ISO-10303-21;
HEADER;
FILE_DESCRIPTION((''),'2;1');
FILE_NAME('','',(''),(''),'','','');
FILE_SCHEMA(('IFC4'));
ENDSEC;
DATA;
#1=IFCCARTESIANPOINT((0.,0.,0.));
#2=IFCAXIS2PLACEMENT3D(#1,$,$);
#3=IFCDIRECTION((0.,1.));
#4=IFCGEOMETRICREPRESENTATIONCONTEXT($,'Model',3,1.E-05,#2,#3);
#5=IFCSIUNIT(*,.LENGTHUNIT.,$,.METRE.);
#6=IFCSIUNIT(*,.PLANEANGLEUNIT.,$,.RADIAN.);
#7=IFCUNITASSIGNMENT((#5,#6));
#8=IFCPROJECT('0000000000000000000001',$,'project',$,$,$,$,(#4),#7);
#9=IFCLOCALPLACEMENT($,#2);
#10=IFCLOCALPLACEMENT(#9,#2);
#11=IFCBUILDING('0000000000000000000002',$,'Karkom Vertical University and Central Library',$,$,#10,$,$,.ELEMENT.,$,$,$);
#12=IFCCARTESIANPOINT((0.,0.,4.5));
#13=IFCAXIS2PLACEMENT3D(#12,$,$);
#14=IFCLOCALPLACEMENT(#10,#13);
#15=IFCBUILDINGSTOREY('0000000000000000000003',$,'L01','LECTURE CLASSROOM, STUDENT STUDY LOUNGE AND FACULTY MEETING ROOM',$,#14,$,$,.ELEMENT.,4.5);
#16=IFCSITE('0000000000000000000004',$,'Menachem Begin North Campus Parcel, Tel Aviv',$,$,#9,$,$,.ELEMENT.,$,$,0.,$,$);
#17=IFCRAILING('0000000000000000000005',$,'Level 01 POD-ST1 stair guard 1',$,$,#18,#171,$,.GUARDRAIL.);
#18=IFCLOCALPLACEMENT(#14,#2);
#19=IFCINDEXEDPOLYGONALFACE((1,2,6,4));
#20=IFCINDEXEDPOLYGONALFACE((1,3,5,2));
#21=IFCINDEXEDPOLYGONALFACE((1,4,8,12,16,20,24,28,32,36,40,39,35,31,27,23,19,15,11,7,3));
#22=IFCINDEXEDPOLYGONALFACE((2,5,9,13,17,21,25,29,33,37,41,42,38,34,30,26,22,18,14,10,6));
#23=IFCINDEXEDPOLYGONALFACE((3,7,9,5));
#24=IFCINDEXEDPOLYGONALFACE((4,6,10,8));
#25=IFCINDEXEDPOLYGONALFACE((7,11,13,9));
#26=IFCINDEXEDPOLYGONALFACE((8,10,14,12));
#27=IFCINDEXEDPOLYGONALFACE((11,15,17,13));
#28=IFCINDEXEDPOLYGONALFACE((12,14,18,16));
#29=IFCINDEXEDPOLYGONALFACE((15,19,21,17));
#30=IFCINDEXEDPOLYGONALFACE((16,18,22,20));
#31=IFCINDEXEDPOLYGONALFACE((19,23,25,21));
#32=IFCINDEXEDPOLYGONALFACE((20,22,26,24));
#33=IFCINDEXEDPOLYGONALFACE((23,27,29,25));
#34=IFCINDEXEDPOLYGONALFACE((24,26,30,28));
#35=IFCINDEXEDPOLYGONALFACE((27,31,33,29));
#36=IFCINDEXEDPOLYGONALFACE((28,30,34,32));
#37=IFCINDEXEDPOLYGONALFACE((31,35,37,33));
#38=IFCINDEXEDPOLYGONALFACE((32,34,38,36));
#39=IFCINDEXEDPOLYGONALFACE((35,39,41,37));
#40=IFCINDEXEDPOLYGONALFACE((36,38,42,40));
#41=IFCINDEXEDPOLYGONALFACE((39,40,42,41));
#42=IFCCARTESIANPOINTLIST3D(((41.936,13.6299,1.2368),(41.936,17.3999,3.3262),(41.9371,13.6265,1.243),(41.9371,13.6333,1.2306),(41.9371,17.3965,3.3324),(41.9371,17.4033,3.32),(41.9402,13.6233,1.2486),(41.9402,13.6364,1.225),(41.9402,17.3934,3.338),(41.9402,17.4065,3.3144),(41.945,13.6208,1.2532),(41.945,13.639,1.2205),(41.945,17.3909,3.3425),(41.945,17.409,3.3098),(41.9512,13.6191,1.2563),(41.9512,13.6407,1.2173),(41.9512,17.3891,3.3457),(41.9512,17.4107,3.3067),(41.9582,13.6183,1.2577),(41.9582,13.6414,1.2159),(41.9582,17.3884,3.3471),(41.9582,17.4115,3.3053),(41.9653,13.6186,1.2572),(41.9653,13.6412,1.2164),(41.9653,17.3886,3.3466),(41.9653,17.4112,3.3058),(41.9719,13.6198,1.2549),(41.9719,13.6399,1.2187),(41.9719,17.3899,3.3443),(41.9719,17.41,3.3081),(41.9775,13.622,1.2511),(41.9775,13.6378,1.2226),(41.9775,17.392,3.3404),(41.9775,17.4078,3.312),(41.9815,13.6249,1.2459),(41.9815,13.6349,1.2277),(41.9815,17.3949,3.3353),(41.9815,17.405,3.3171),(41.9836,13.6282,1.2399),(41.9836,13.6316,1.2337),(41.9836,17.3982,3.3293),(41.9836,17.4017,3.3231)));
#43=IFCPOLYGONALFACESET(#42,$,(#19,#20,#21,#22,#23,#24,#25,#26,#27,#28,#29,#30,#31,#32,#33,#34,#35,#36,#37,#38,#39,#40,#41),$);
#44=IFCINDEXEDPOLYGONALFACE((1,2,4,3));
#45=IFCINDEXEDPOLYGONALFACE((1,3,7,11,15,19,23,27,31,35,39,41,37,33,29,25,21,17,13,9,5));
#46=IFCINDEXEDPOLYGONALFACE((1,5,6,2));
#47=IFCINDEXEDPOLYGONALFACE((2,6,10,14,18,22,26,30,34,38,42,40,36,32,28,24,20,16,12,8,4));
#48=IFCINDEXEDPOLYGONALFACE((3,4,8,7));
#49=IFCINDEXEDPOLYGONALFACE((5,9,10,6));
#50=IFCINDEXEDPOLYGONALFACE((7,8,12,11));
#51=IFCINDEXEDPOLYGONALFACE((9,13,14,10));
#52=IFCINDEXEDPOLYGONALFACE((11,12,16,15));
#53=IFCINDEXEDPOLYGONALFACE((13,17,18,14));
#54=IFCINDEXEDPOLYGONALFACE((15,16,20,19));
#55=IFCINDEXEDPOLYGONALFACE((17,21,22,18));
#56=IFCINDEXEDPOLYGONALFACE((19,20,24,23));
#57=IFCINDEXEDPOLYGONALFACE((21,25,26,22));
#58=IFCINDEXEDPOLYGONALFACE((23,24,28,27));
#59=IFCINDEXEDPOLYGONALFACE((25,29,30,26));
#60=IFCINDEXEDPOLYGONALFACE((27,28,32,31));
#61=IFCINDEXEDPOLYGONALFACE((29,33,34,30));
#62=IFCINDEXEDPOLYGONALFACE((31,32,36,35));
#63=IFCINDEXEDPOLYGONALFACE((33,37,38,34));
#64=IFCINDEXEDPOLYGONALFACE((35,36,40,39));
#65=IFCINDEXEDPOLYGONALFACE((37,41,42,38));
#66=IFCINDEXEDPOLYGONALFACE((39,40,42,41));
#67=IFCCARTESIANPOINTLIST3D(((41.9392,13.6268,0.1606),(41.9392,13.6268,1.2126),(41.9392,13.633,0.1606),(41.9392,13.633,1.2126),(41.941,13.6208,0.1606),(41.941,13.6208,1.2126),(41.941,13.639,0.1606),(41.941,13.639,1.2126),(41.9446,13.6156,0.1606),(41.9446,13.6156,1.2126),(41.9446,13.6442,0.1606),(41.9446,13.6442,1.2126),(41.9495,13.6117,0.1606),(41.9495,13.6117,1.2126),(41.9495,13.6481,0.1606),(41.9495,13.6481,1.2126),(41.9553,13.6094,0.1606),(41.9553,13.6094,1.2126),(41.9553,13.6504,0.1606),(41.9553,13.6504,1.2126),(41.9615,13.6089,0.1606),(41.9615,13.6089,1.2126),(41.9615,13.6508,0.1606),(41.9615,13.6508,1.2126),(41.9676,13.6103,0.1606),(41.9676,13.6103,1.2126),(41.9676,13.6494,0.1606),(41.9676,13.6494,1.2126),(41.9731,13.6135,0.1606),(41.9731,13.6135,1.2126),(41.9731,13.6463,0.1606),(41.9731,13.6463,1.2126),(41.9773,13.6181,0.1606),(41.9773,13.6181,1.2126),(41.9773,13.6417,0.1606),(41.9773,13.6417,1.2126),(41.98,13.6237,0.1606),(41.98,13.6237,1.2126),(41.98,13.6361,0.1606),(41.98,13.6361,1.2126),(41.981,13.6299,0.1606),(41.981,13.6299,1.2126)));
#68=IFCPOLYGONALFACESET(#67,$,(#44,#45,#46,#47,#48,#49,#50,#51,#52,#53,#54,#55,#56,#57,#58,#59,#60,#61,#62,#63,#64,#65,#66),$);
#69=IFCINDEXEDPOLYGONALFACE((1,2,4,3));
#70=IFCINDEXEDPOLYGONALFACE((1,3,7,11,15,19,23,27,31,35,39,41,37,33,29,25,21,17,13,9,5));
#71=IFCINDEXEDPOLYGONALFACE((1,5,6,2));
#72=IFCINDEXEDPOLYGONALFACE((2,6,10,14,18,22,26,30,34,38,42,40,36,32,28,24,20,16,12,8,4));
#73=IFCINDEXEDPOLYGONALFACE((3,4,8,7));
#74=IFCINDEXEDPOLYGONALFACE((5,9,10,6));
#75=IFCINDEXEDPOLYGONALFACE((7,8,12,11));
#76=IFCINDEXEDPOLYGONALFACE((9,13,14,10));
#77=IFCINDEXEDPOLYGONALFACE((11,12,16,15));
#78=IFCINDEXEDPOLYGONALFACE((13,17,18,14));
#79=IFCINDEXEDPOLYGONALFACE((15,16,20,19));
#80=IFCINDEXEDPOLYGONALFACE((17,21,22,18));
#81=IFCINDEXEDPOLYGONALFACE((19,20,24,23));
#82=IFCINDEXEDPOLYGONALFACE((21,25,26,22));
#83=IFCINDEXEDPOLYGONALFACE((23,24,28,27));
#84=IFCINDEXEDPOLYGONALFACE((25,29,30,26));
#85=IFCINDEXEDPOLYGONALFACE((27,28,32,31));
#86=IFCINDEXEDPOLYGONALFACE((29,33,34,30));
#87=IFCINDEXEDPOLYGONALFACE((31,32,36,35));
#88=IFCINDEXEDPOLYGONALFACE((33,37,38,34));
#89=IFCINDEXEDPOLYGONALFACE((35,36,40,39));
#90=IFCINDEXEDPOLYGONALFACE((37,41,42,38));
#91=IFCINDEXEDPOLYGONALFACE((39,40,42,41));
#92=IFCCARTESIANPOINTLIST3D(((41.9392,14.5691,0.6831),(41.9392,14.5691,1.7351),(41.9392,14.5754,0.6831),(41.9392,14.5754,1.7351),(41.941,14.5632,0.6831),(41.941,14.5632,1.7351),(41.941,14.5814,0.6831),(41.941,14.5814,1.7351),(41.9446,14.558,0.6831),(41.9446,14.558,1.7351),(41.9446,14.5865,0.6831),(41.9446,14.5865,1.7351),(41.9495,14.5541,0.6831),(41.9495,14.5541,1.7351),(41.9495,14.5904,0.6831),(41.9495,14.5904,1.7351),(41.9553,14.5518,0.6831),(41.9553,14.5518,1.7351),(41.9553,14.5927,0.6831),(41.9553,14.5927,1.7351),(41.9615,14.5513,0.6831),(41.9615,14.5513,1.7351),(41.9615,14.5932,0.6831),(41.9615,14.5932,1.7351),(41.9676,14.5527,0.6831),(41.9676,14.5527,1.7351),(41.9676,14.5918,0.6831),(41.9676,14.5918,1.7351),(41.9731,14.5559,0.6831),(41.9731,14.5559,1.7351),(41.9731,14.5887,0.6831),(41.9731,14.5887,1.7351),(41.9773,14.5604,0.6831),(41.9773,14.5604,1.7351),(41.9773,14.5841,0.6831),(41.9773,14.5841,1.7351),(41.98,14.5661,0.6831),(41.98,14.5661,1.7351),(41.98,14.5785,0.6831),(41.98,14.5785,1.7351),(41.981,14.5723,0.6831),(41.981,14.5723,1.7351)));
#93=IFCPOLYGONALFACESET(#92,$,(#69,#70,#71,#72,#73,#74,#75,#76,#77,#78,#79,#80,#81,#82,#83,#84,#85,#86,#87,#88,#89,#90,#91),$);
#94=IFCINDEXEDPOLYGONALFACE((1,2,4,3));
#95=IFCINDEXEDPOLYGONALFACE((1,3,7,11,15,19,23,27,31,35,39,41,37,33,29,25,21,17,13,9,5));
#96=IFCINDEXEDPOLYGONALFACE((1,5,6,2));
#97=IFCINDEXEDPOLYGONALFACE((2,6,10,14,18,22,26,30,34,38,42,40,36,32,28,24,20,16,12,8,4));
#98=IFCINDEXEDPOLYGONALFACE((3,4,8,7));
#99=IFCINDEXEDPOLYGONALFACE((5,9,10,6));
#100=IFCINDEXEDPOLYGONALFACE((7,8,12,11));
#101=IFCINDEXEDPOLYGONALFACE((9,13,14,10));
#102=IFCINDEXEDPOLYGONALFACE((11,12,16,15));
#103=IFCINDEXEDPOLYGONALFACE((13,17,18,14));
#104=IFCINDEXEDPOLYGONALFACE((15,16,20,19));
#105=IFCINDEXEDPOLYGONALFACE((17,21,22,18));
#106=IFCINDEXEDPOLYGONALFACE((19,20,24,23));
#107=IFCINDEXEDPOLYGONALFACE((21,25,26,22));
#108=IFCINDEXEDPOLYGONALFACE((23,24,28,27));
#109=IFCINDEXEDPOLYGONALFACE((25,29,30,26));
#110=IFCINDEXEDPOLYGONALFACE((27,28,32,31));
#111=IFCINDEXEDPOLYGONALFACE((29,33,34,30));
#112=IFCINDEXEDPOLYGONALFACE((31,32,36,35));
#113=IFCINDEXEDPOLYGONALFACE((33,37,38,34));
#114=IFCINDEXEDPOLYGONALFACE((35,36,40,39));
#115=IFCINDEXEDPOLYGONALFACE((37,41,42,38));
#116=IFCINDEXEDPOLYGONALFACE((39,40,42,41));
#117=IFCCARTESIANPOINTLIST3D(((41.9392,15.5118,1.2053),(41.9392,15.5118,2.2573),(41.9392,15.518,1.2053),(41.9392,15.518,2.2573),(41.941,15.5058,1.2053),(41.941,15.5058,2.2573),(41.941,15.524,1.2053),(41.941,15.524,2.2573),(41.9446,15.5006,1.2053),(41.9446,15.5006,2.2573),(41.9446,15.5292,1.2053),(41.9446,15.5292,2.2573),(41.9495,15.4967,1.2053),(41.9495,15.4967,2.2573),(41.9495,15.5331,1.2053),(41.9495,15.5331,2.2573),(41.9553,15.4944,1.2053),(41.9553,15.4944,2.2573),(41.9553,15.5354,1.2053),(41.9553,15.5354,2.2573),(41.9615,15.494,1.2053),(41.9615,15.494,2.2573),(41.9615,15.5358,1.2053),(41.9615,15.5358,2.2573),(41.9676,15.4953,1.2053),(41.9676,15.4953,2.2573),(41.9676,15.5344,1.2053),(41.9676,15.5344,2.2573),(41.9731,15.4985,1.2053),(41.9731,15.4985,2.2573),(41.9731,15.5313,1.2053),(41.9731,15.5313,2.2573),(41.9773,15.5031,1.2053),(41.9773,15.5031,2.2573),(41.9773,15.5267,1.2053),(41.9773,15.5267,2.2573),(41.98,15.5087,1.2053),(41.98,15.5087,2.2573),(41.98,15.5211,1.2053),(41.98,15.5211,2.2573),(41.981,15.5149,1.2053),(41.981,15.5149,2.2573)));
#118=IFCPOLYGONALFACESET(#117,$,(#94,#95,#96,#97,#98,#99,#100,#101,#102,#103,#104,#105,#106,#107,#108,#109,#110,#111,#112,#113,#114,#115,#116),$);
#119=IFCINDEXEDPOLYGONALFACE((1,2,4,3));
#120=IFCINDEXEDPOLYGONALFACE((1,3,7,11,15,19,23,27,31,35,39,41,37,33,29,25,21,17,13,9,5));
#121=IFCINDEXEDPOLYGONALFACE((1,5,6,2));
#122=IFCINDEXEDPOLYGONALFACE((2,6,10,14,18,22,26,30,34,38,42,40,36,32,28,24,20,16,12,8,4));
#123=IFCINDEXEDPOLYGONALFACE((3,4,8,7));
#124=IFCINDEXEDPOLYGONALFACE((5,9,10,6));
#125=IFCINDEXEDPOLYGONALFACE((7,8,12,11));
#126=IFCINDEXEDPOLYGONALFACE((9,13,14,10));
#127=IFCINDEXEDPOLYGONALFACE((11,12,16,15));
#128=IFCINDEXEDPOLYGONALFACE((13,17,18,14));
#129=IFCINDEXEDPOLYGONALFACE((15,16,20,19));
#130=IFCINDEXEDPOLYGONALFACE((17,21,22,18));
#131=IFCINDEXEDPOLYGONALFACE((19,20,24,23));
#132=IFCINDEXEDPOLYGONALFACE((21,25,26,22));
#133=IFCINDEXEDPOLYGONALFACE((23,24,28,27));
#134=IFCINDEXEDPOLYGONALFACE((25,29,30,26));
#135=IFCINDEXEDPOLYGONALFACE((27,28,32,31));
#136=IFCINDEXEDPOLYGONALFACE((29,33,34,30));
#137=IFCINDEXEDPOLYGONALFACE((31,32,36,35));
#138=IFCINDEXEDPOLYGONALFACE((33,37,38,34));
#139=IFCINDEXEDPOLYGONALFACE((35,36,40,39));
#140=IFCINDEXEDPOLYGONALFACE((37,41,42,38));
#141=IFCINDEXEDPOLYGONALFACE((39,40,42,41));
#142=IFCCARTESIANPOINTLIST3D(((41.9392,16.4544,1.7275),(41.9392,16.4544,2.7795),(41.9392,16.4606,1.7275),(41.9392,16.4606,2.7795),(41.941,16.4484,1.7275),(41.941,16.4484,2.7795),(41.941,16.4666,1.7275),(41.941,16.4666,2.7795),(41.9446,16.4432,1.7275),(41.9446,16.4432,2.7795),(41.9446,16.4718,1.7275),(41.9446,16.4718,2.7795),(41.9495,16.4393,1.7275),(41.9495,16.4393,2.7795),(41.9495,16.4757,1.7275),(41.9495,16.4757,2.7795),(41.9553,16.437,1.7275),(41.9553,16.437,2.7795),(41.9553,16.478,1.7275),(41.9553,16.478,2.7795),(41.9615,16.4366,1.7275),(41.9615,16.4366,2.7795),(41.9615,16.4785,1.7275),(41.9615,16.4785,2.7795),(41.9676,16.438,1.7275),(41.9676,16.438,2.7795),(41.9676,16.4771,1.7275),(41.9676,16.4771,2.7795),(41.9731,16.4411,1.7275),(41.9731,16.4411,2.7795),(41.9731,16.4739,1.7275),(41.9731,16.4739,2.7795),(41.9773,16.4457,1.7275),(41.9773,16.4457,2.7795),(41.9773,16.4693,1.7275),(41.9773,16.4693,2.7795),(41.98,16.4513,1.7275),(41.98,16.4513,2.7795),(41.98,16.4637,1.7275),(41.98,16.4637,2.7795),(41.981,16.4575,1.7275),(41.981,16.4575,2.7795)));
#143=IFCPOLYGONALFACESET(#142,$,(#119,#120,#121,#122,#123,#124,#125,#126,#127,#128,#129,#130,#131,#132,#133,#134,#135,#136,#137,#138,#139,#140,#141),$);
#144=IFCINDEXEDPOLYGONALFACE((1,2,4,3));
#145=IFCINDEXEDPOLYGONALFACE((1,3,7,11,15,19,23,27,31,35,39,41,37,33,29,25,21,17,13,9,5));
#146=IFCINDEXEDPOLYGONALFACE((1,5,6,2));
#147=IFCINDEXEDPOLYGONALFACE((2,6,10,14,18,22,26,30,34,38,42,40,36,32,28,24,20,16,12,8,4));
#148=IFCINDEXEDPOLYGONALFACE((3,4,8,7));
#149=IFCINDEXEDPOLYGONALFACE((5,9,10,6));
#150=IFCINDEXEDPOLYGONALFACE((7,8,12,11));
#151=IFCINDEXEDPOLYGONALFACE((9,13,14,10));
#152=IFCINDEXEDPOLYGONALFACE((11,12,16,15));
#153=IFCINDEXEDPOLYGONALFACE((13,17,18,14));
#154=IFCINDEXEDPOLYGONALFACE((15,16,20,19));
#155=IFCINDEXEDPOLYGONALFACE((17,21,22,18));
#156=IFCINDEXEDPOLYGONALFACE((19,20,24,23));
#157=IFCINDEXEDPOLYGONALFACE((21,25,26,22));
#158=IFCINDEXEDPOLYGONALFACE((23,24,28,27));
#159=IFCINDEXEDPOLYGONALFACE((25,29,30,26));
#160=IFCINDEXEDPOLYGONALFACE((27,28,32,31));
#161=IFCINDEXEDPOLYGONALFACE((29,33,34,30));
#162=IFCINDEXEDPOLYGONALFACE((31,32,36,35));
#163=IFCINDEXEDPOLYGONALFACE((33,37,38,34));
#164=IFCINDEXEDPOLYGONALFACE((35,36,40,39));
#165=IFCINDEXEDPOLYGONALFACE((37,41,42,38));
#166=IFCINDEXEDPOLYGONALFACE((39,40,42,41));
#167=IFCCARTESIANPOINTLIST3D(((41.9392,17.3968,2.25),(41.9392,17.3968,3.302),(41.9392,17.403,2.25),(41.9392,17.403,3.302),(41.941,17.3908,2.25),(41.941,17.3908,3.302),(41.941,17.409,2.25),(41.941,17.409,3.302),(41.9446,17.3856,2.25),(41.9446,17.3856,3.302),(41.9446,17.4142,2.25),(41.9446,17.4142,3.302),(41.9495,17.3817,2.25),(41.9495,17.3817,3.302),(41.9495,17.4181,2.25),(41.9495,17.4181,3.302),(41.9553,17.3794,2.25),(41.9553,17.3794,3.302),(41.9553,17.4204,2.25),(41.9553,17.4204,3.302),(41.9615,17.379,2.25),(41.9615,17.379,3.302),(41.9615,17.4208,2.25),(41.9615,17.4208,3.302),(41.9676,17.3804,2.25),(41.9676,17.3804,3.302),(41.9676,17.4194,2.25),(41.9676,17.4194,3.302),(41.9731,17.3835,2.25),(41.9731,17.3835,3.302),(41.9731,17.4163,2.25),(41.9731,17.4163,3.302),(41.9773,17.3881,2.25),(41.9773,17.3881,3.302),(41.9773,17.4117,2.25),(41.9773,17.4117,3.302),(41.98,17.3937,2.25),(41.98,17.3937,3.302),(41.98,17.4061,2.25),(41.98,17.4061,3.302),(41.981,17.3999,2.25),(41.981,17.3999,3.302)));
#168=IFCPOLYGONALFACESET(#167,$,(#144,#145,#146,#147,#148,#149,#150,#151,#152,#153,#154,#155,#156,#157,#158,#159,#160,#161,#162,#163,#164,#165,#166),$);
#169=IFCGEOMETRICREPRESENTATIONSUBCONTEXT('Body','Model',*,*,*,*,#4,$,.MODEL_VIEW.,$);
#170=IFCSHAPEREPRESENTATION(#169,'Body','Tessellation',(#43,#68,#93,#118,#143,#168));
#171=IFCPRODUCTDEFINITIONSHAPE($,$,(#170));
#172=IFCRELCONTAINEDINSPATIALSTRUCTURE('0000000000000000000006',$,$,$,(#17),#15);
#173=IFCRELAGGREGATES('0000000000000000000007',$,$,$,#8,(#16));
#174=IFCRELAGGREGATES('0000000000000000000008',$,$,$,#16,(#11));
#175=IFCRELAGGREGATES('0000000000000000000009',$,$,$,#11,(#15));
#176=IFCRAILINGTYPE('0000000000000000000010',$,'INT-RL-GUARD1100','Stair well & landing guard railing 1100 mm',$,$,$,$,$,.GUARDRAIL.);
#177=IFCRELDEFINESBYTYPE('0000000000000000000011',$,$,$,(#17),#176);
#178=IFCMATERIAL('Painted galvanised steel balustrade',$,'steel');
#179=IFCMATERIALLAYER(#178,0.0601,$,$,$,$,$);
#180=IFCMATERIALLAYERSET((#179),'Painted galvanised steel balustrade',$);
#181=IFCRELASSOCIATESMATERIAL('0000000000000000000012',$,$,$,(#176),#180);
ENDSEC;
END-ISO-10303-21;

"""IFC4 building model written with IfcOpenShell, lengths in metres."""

from ifc_helpers import new_model, si_unit, direction, frame, origin, origin_2d, place, context, subcontext, project, spatial, circle, extrude, material, layer, layer_set, type_object, element, save


model = new_model("IFC4")

# Units and contexts
model_context = context("Model", 3, precision=1e-05, world=origin(), true_north=direction((0.0, 1.0)))
body_context = subcontext(model_context, "Body", "Model", "MODEL_VIEW")
ifc_project = project(units=[si_unit("LENGTHUNIT", "METRE"), si_unit("PLANEANGLEUNIT", "RADIAN")], contexts=[model_context])

# Site, building, storey
site_placement = place(None, origin())
site = spatial("IfcSite", under=ifc_project, at=site_placement, Name="Menachem Begin North Campus Parcel, Tel Aviv", CompositionType="ELEMENT", RefElevation=0.0)
building_placement = place(site_placement, origin())
building = spatial("IfcBuilding", under=site, at=building_placement, Name="Karkom Vertical University and Central Library", CompositionType="ELEMENT")
storey_placement = place(building_placement, frame((0.0, 0.0, 4.5)))
storey = spatial("IfcBuildingStorey", under=building, at=storey_placement, Name="L01", Description="LECTURE CLASSROOM, STUDENT STUDY LOUNGE AND FACULTY MEETING ROOM", CompositionType="ELEMENT", Elevation=4.5)

# Railing
ifc_material_1 = material(Name="Painted galvanised steel balustrade", Category="steel")
ifc_layer_1 = layer(ifc_material_1, 0.0601)
ifc_layer_set_1 = layer_set([ifc_layer_1], Name="Painted galvanised steel balustrade")
railing_type_1 = type_object("IfcRailingType", Name="INT-RL-GUARD1100", Description="Stair well & landing guard railing 1100 mm", PredefinedType="GUARDRAIL", material=ifc_layer_set_1)
railing_1_placement = place(storey_placement, frame((41.96, 13.6299, 0.1606)))
element("IfcRailing", 1, at=railing_1_placement, inside=storey, type_object=railing_type_1, Name="Level 01 POD-ST1 stair guard 1", PredefinedType="GUARDRAIL", context=body_context, shape_type="SweptSolid", body=[
    extrude(circle(Radius=0.0239, at=origin_2d()), frame((0.0, 0.0, 1.0762), z_axis=(0.0, 0.874659, 0.484739), x_axis=(-1.0, 0.0, 0.0)), (0.0, 0.0, 1.0), 4.3103),
    extrude(circle(Radius=0.021, at=origin_2d()), origin(), (0.0, 0.0, 1.0), 1.052),
    extrude(circle(Radius=0.021, at=origin_2d()), frame((0.0, 0.9424, 0.5225)), (0.0, 0.0, 1.0), 1.052),
    extrude(circle(Radius=0.021, at=origin_2d()), frame((0.0, 1.885, 1.0447)), (0.0, 0.0, 1.0), 1.052),
    extrude(circle(Radius=0.021, at=origin_2d()), frame((0.0, 2.8276, 1.5669)), (0.0, 0.0, 1.0), 1.052),
    extrude(circle(Radius=0.021, at=origin_2d()), frame((0.0, 3.77, 2.0894)), (0.0, 0.0, 1.0), 1.052),
])

save(model, "model.ifc")
